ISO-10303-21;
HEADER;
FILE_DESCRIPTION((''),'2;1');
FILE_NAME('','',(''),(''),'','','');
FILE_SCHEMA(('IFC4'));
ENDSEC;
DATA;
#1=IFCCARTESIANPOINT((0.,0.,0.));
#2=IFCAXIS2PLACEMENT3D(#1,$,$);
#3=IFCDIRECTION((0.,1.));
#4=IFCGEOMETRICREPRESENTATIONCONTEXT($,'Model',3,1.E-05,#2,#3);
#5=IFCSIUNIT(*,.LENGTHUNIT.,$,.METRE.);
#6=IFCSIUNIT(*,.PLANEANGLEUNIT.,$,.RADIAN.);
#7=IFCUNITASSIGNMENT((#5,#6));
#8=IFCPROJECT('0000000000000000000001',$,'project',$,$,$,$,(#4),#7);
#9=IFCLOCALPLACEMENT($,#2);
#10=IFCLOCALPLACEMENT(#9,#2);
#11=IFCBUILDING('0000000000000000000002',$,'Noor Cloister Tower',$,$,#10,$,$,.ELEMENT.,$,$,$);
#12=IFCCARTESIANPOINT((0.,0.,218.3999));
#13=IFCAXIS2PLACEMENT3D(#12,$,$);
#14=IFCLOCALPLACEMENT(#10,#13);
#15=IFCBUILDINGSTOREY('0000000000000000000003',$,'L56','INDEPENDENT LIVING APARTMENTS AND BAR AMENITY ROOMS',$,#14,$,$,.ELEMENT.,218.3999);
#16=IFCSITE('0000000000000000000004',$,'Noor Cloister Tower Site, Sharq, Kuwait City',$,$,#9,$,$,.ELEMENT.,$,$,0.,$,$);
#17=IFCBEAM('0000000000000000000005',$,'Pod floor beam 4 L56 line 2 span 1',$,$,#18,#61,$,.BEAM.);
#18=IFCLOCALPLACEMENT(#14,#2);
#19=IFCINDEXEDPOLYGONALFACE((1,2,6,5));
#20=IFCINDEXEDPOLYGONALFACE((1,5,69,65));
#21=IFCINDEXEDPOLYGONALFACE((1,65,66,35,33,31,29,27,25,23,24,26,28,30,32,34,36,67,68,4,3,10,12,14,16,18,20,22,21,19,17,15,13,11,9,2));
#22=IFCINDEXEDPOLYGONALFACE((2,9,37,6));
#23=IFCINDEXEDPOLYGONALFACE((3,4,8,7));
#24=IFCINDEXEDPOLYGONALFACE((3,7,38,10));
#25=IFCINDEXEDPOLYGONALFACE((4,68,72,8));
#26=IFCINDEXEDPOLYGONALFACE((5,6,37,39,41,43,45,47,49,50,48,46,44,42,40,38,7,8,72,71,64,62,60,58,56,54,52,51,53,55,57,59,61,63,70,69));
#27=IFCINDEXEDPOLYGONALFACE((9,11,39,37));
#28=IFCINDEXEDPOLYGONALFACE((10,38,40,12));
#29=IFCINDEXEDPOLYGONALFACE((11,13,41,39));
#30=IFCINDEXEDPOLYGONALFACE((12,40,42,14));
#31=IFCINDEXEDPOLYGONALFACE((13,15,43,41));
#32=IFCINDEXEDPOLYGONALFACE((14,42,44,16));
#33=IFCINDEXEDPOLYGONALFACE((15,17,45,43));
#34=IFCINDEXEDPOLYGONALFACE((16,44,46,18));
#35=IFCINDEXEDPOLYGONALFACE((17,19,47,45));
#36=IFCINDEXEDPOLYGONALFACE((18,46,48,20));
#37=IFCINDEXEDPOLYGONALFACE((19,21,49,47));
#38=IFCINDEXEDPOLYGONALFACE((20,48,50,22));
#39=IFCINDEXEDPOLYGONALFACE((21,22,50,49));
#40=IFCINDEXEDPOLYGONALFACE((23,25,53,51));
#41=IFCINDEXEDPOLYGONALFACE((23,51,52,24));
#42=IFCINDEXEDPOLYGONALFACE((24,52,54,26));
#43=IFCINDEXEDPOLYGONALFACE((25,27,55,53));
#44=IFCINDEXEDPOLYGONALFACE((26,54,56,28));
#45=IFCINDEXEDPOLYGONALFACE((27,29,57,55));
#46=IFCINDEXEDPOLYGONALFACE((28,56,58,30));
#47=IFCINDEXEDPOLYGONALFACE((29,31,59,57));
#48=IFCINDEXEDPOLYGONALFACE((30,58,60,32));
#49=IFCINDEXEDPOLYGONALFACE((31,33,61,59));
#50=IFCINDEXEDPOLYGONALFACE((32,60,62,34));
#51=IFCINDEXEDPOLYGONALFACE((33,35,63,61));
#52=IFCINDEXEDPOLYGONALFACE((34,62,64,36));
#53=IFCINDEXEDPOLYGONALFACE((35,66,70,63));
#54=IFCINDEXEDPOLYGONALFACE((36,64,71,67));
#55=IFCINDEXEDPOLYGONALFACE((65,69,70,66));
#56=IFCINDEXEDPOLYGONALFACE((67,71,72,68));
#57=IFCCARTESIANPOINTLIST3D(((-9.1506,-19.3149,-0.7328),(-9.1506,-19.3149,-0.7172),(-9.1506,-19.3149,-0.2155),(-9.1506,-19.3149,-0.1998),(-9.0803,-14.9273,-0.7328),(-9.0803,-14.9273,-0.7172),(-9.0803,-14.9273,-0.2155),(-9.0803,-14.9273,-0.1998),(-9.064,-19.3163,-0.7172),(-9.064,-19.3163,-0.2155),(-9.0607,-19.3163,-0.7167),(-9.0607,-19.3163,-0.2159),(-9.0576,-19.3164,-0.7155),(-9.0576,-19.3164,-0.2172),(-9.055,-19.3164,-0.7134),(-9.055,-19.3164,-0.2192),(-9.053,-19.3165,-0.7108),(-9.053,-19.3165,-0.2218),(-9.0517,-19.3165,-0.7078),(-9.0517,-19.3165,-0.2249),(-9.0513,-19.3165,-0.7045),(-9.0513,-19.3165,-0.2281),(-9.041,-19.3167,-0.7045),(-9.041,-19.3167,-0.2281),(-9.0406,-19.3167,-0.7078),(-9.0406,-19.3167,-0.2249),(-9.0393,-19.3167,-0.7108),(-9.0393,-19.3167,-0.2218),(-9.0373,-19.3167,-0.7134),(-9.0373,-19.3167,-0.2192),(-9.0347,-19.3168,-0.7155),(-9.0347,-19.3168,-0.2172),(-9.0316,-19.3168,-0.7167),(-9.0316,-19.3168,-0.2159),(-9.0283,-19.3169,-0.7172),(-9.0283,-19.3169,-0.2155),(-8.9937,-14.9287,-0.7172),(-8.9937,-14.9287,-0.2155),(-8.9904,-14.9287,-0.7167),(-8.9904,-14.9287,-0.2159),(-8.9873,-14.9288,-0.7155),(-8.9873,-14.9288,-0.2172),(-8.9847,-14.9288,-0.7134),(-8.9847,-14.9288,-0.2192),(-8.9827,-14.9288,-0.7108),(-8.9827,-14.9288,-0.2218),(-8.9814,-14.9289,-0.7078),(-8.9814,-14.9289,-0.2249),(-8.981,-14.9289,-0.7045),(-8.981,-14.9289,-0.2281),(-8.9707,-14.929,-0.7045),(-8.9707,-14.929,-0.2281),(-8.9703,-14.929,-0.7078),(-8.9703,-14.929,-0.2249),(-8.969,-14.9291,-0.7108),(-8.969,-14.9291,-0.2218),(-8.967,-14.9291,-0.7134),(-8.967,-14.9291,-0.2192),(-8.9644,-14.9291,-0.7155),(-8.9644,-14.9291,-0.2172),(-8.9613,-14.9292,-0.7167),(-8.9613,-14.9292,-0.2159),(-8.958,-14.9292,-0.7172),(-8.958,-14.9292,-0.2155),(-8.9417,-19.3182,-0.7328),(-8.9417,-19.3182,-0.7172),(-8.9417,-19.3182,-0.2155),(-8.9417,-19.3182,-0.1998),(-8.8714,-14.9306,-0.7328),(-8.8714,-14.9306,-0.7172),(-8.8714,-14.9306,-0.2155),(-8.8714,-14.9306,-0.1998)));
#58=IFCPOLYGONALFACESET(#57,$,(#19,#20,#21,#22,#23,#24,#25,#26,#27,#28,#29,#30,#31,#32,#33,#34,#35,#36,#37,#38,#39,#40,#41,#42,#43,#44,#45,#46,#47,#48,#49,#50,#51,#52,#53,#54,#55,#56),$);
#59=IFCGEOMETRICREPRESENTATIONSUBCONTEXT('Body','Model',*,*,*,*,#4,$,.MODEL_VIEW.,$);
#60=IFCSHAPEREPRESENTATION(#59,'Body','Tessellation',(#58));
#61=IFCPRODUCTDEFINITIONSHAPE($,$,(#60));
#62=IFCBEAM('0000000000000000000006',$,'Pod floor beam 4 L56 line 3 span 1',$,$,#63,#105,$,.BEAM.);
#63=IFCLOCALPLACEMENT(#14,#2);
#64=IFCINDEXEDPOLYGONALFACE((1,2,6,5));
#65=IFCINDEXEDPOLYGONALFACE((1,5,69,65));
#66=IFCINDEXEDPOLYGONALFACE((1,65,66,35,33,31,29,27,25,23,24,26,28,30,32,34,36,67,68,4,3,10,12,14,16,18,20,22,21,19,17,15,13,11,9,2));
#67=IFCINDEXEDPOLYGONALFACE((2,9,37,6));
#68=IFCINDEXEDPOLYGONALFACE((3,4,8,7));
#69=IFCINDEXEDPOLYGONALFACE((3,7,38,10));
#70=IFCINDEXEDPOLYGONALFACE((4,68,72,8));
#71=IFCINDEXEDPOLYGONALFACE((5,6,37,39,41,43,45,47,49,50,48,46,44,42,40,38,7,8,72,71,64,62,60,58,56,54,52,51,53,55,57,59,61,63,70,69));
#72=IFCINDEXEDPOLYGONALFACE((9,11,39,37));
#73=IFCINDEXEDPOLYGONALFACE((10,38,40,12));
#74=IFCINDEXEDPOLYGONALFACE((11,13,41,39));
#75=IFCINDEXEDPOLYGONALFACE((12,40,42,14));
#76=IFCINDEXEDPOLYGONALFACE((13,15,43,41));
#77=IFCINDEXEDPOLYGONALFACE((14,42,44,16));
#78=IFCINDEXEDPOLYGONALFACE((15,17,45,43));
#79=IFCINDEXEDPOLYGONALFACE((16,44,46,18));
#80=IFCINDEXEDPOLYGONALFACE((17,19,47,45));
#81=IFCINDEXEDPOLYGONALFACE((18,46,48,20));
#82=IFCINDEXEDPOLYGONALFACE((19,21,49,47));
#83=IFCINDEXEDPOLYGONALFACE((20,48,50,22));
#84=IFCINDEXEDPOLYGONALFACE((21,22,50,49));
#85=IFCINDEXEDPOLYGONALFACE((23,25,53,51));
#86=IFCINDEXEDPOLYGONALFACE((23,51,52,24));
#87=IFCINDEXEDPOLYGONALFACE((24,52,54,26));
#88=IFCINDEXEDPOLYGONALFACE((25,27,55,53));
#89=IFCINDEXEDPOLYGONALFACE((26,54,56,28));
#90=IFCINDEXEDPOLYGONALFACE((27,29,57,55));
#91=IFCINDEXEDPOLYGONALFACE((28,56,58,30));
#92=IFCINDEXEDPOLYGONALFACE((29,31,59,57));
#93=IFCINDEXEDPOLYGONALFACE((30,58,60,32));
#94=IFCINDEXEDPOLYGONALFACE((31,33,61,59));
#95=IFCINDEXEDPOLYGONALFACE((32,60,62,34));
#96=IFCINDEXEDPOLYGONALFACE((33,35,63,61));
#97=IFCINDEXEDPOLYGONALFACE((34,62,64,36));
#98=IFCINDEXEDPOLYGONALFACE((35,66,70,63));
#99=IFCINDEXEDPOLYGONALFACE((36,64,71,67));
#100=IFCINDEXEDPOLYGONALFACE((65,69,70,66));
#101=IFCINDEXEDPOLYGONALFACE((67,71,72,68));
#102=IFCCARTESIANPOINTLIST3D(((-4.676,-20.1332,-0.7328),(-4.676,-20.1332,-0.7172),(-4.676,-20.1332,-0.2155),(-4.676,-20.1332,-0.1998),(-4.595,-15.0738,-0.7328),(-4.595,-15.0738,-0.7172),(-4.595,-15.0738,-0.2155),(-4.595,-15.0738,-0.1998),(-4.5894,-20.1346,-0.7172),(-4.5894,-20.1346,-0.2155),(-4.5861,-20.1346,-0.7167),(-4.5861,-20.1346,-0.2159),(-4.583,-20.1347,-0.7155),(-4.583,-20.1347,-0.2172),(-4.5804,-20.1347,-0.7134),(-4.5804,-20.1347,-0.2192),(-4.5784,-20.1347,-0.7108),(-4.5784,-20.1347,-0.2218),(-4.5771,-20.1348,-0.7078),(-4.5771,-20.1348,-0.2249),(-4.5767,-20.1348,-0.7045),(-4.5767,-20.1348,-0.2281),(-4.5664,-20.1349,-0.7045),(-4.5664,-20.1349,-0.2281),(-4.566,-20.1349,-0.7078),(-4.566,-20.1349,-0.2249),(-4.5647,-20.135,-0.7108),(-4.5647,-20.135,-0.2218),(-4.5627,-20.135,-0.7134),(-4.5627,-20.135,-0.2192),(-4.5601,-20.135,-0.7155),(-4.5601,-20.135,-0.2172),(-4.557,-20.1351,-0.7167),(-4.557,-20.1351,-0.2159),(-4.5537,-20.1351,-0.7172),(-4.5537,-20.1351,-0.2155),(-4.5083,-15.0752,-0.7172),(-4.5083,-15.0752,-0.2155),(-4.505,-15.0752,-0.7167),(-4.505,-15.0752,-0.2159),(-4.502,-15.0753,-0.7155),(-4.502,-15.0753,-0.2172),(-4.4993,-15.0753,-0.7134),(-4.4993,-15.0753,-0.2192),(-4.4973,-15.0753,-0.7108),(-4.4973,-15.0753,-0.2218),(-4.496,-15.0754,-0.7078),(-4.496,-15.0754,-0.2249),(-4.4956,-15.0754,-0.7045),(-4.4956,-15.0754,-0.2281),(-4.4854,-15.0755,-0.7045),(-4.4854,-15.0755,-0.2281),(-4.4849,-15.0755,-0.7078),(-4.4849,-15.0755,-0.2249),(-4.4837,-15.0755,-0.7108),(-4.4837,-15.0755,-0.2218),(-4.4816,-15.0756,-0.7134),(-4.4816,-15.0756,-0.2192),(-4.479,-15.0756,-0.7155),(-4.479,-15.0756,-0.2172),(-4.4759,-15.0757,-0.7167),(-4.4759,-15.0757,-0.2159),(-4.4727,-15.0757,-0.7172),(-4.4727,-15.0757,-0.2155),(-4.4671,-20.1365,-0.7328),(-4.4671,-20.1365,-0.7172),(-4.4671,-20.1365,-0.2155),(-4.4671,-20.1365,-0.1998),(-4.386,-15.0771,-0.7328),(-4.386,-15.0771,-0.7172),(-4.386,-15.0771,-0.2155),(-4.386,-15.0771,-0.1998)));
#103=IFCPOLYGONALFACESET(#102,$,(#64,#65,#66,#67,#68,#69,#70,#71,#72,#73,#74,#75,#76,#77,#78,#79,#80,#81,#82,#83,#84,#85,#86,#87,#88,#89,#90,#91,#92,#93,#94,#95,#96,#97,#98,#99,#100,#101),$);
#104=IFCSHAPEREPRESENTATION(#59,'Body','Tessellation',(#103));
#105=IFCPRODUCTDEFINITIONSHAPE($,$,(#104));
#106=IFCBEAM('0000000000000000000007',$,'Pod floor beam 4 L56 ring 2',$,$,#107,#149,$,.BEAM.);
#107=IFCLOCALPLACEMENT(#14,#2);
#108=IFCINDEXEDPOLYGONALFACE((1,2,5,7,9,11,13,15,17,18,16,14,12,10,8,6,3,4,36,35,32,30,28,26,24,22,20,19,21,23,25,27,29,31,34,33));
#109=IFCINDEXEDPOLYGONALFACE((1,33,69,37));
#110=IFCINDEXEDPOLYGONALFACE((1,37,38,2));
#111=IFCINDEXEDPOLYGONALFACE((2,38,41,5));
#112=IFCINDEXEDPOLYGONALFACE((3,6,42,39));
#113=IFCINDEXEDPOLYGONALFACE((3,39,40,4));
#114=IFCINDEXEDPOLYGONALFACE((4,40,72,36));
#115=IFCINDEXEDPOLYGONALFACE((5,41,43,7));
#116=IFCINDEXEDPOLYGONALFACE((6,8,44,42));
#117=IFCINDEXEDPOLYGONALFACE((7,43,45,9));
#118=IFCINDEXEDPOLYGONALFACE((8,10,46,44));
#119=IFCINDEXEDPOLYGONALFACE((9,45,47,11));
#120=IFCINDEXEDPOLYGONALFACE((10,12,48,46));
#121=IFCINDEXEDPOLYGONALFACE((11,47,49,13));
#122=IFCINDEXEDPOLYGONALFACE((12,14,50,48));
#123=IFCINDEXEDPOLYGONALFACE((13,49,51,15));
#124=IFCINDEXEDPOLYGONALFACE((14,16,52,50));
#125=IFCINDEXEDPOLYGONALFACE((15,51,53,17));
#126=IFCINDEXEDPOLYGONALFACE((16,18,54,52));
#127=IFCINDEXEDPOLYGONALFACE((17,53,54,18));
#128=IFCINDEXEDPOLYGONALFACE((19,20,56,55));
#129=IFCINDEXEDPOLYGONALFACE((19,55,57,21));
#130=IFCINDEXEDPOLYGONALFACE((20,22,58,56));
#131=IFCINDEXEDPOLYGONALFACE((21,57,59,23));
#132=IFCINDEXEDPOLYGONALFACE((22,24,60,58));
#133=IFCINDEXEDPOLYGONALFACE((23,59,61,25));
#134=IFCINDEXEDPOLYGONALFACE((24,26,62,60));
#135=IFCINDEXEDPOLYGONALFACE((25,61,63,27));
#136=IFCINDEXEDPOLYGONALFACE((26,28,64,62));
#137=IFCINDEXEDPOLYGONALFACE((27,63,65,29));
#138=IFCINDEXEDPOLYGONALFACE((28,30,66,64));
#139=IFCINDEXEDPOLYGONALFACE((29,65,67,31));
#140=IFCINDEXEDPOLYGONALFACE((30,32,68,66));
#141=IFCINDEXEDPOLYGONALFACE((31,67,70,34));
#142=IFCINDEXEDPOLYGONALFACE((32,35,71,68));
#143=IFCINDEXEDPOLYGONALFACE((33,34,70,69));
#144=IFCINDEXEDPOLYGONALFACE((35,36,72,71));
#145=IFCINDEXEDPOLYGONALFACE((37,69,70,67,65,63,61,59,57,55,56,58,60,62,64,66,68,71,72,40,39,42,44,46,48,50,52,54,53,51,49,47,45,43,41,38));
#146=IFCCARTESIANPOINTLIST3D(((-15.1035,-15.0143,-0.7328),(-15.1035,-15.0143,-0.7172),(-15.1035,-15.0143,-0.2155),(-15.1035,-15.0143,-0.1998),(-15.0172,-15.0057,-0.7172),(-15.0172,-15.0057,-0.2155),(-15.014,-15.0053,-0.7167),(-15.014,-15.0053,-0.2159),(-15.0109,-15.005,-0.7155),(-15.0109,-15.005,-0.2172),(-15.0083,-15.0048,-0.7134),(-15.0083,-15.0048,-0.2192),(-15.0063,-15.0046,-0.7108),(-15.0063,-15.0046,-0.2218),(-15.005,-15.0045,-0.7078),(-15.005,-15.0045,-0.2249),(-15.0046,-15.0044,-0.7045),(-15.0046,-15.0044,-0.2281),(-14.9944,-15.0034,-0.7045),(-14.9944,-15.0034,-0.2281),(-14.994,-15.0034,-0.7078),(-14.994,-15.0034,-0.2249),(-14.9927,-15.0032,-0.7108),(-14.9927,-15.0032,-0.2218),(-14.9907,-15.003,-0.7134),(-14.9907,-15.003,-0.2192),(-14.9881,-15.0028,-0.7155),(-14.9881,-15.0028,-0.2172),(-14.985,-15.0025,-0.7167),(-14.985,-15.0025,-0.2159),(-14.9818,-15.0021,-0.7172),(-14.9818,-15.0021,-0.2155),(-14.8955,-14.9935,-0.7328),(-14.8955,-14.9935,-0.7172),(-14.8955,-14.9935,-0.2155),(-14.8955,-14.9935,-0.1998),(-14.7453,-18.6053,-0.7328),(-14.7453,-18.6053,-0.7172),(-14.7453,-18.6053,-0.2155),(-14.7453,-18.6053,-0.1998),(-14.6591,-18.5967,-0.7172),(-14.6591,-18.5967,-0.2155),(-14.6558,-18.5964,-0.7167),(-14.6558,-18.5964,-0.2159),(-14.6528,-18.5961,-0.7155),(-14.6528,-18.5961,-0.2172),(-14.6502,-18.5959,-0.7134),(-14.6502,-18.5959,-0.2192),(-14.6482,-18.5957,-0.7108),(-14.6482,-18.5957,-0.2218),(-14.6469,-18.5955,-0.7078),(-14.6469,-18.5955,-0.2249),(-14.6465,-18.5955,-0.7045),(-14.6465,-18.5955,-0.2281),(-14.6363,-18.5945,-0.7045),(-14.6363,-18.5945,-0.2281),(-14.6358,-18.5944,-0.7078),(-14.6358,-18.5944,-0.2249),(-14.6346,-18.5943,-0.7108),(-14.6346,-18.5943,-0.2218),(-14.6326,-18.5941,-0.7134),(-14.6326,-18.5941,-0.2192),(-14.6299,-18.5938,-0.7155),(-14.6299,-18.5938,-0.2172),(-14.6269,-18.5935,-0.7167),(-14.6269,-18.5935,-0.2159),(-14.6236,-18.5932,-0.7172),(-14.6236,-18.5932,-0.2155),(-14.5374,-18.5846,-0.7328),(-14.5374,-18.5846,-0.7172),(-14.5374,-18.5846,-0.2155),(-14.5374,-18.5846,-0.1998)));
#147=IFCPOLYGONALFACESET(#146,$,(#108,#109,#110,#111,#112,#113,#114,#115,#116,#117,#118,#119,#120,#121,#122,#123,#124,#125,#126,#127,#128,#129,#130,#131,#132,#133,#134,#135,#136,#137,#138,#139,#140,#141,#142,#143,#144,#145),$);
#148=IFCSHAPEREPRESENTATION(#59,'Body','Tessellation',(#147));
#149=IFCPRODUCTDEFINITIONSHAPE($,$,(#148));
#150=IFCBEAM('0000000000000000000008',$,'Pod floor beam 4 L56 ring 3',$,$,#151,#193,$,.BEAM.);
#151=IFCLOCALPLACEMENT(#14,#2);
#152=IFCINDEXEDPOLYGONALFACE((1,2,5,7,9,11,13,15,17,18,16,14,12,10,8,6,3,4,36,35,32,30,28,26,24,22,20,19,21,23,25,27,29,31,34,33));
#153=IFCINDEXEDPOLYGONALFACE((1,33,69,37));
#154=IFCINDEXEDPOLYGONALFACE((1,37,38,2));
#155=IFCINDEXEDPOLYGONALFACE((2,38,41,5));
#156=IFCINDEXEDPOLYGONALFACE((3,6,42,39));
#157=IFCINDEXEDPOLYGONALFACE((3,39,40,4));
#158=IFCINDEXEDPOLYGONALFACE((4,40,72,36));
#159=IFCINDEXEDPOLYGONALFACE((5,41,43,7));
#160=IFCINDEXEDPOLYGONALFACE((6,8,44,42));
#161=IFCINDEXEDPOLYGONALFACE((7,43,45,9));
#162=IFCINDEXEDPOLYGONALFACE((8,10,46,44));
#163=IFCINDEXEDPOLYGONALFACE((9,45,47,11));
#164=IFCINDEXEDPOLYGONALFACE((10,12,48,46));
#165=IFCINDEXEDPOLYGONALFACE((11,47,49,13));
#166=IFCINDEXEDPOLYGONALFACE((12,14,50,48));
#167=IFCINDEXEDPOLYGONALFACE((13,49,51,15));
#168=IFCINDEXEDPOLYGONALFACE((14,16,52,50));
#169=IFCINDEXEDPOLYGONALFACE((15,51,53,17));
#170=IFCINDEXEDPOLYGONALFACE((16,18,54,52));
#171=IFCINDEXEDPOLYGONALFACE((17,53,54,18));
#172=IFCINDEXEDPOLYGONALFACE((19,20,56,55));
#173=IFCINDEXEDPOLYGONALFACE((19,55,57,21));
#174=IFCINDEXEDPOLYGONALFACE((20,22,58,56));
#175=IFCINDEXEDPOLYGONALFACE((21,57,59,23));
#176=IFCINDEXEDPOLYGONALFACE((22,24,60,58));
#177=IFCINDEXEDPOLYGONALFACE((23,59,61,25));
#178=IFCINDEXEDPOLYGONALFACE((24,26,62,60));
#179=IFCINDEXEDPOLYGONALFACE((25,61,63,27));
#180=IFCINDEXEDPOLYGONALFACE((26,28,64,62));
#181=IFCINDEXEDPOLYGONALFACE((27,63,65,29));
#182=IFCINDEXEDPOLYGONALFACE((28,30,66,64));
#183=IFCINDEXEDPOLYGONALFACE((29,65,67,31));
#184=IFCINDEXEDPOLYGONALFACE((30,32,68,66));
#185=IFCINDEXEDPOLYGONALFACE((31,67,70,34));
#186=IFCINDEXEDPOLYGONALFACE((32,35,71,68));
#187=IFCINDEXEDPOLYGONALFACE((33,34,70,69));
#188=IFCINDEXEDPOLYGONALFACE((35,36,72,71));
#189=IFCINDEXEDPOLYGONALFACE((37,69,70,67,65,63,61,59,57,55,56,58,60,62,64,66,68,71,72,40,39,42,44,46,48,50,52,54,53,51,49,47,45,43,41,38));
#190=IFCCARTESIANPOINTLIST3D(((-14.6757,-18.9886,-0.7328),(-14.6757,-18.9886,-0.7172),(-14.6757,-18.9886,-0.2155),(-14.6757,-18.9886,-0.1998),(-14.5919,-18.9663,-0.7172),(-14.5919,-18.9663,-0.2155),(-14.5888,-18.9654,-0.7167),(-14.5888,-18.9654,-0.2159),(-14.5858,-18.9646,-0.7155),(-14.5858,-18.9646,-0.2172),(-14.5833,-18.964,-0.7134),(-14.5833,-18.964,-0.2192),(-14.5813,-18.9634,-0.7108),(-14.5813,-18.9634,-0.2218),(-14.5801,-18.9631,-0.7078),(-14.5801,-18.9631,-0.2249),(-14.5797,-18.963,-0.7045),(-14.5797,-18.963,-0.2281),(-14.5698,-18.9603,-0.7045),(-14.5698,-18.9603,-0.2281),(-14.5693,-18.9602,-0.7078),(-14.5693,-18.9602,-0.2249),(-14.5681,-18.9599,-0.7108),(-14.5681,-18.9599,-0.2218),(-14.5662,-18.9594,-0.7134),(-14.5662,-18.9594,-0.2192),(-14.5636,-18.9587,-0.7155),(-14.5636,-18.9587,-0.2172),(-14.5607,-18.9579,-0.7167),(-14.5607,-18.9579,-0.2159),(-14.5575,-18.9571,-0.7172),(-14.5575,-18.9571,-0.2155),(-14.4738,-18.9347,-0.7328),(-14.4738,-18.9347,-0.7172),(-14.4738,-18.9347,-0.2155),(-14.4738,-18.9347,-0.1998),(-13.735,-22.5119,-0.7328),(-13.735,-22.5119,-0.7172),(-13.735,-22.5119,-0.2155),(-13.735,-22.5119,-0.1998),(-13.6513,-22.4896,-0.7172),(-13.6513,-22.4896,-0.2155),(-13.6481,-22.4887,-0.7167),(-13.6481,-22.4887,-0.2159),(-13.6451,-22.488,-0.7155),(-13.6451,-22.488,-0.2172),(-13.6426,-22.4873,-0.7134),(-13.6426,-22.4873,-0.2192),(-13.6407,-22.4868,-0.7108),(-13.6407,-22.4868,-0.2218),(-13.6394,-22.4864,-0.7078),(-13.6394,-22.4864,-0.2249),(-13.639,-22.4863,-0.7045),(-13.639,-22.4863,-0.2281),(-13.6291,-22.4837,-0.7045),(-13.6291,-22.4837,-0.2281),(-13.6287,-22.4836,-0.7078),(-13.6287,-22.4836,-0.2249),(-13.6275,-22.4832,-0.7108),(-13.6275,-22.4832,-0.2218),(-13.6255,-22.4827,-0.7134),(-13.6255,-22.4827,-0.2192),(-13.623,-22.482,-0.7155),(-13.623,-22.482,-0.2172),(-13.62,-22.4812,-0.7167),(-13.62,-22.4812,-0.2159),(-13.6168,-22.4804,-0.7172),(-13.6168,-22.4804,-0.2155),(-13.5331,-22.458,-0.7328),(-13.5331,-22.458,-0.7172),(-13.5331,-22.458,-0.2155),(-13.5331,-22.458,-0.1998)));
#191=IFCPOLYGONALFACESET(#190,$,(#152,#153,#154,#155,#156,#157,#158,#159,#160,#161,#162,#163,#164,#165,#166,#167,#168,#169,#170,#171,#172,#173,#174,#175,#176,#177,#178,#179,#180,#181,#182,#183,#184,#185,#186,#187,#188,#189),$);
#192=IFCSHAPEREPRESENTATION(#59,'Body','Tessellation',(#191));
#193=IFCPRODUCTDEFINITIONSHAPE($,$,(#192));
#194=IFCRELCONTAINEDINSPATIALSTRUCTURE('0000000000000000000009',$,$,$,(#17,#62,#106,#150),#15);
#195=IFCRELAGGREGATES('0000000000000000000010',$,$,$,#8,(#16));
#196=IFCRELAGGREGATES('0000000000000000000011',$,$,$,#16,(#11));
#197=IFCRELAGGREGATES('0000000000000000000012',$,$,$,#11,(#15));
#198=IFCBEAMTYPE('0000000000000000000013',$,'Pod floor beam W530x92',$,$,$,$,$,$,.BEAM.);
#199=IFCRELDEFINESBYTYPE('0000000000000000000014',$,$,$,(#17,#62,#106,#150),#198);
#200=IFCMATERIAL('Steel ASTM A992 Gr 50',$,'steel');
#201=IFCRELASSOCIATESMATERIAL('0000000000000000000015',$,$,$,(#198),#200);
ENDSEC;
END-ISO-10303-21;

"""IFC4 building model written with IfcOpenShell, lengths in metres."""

from ifc_helpers import new_model, si_unit, direction, frame, origin, origin_2d, place, context, subcontext, project, spatial, i_section, extrude, material, material_profile, profile_set, type_object, element, save


model = new_model("IFC4")

# Units and contexts
model_context = context("Model", 3, precision=1e-05, world=origin(), true_north=direction((0.0, 1.0)))
body_context = subcontext(model_context, "Body", "Model", "MODEL_VIEW")
ifc_project = project(units=[si_unit("LENGTHUNIT", "METRE"), si_unit("PLANEANGLEUNIT", "RADIAN")], contexts=[model_context])

# Site, building, storey
site_placement = place(None, origin())
site = spatial("IfcSite", under=ifc_project, at=site_placement, Name="Noor Cloister Tower Site, Sharq, Kuwait City", CompositionType="ELEMENT", RefElevation=0.0)
building_placement = place(site_placement, origin())
building = spatial("IfcBuilding", under=site, at=building_placement, Name="Noor Cloister Tower", CompositionType="ELEMENT")
storey_placement = place(building_placement, frame((0.0, 0.0, 218.3999)))
storey = spatial("IfcBuildingStorey", under=building, at=storey_placement, Name="L56", Description="INDEPENDENT LIVING APARTMENTS AND BAR AMENITY ROOMS", CompositionType="ELEMENT", Elevation=218.3999)

# Beams
ifc_material_1 = material(Name="Steel ASTM A992 Gr 50", Category="steel")
ifc_material_profile_1 = material_profile(ifc_material_1, i_section(OverallWidth=0.209, OverallDepth=0.533, WebThickness=0.0103, FlangeThickness=0.0156, FilletRadius=0.0127, at=origin_2d()), Name="W530x92")
ifc_profile_set_1 = profile_set([ifc_material_profile_1], Name="Steel ASTM A992 Gr 50")
beam_type_1 = type_object("IfcBeamType", Name="Pod floor beam W530x92", PredefinedType="BEAM", material=ifc_profile_set_1)
beam_1_placement = place(storey_placement, frame((-8.9758, -14.929, -0.4663), z_axis=(-0.016023, -0.999872, 0.0), x_axis=(0.999872, -0.016023, 0.0)))
element("IfcBeam", 1, at=beam_1_placement, inside=storey, type_object=beam_type_1, Name="Pod floor beam 4 L56 line 2 span 1", PredefinedType="BEAM", context=body_context, shape_type="SweptSolid", body=[
    extrude(i_section(OverallWidth=0.209, OverallDepth=0.533, WebThickness=0.0103, FlangeThickness=0.0156, FilletRadius=0.0127, at=origin_2d()), origin(), (0.0, 0.0, 1.0), 4.3882),
])
beam_2_placement = place(storey_placement, frame((-4.4905, -15.0754, -0.4663), z_axis=(-0.016019, -0.999872, 0.0), x_axis=(0.999872, -0.016019, 0.0)))
element("IfcBeam", 2, at=beam_2_placement, inside=storey, type_object=beam_type_1, Name="Pod floor beam 4 L56 line 3 span 1", PredefinedType="BEAM", context=body_context, shape_type="SweptSolid", body=[
    extrude(i_section(OverallWidth=0.209, OverallDepth=0.533, WebThickness=0.0103, FlangeThickness=0.0156, FilletRadius=0.0127, at=origin_2d()), origin(), (0.0, 0.0, 1.0), 5.0601),
])
beam_3_placement = place(storey_placement, frame((-14.9995, -15.0039, -0.4663), z_axis=(0.099242, -0.995063, 0.0), x_axis=(0.995063, 0.099242, 0.0)))
element("IfcBeam", 3, at=beam_3_placement, inside=storey, type_object=beam_type_1, Name="Pod floor beam 4 L56 ring 2", PredefinedType="BEAM", context=body_context, shape_type="SweptSolid", body=[
    extrude(i_section(OverallWidth=0.209, OverallDepth=0.533, WebThickness=0.0103, FlangeThickness=0.0156, FilletRadius=0.0127, at=origin_2d()), origin(), (0.0, 0.0, 1.0), 3.6089),
])
beam_4_placement = place(storey_placement, frame((-14.5747, -18.9617, -0.4663), z_axis=(0.257942, -0.96616, 0.0), x_axis=(0.96616, 0.257942, 0.0)))
element("IfcBeam", 4, at=beam_4_placement, inside=storey, type_object=beam_type_1, Name="Pod floor beam 4 L56 ring 3", PredefinedType="BEAM", context=body_context, shape_type="SweptSolid", body=[
    extrude(i_section(OverallWidth=0.209, OverallDepth=0.533, WebThickness=0.0103, FlangeThickness=0.0156, FilletRadius=0.0127, at=origin_2d()), origin(), (0.0, 0.0, 1.0), 3.6467),
])

save(model, "model.ifc")
